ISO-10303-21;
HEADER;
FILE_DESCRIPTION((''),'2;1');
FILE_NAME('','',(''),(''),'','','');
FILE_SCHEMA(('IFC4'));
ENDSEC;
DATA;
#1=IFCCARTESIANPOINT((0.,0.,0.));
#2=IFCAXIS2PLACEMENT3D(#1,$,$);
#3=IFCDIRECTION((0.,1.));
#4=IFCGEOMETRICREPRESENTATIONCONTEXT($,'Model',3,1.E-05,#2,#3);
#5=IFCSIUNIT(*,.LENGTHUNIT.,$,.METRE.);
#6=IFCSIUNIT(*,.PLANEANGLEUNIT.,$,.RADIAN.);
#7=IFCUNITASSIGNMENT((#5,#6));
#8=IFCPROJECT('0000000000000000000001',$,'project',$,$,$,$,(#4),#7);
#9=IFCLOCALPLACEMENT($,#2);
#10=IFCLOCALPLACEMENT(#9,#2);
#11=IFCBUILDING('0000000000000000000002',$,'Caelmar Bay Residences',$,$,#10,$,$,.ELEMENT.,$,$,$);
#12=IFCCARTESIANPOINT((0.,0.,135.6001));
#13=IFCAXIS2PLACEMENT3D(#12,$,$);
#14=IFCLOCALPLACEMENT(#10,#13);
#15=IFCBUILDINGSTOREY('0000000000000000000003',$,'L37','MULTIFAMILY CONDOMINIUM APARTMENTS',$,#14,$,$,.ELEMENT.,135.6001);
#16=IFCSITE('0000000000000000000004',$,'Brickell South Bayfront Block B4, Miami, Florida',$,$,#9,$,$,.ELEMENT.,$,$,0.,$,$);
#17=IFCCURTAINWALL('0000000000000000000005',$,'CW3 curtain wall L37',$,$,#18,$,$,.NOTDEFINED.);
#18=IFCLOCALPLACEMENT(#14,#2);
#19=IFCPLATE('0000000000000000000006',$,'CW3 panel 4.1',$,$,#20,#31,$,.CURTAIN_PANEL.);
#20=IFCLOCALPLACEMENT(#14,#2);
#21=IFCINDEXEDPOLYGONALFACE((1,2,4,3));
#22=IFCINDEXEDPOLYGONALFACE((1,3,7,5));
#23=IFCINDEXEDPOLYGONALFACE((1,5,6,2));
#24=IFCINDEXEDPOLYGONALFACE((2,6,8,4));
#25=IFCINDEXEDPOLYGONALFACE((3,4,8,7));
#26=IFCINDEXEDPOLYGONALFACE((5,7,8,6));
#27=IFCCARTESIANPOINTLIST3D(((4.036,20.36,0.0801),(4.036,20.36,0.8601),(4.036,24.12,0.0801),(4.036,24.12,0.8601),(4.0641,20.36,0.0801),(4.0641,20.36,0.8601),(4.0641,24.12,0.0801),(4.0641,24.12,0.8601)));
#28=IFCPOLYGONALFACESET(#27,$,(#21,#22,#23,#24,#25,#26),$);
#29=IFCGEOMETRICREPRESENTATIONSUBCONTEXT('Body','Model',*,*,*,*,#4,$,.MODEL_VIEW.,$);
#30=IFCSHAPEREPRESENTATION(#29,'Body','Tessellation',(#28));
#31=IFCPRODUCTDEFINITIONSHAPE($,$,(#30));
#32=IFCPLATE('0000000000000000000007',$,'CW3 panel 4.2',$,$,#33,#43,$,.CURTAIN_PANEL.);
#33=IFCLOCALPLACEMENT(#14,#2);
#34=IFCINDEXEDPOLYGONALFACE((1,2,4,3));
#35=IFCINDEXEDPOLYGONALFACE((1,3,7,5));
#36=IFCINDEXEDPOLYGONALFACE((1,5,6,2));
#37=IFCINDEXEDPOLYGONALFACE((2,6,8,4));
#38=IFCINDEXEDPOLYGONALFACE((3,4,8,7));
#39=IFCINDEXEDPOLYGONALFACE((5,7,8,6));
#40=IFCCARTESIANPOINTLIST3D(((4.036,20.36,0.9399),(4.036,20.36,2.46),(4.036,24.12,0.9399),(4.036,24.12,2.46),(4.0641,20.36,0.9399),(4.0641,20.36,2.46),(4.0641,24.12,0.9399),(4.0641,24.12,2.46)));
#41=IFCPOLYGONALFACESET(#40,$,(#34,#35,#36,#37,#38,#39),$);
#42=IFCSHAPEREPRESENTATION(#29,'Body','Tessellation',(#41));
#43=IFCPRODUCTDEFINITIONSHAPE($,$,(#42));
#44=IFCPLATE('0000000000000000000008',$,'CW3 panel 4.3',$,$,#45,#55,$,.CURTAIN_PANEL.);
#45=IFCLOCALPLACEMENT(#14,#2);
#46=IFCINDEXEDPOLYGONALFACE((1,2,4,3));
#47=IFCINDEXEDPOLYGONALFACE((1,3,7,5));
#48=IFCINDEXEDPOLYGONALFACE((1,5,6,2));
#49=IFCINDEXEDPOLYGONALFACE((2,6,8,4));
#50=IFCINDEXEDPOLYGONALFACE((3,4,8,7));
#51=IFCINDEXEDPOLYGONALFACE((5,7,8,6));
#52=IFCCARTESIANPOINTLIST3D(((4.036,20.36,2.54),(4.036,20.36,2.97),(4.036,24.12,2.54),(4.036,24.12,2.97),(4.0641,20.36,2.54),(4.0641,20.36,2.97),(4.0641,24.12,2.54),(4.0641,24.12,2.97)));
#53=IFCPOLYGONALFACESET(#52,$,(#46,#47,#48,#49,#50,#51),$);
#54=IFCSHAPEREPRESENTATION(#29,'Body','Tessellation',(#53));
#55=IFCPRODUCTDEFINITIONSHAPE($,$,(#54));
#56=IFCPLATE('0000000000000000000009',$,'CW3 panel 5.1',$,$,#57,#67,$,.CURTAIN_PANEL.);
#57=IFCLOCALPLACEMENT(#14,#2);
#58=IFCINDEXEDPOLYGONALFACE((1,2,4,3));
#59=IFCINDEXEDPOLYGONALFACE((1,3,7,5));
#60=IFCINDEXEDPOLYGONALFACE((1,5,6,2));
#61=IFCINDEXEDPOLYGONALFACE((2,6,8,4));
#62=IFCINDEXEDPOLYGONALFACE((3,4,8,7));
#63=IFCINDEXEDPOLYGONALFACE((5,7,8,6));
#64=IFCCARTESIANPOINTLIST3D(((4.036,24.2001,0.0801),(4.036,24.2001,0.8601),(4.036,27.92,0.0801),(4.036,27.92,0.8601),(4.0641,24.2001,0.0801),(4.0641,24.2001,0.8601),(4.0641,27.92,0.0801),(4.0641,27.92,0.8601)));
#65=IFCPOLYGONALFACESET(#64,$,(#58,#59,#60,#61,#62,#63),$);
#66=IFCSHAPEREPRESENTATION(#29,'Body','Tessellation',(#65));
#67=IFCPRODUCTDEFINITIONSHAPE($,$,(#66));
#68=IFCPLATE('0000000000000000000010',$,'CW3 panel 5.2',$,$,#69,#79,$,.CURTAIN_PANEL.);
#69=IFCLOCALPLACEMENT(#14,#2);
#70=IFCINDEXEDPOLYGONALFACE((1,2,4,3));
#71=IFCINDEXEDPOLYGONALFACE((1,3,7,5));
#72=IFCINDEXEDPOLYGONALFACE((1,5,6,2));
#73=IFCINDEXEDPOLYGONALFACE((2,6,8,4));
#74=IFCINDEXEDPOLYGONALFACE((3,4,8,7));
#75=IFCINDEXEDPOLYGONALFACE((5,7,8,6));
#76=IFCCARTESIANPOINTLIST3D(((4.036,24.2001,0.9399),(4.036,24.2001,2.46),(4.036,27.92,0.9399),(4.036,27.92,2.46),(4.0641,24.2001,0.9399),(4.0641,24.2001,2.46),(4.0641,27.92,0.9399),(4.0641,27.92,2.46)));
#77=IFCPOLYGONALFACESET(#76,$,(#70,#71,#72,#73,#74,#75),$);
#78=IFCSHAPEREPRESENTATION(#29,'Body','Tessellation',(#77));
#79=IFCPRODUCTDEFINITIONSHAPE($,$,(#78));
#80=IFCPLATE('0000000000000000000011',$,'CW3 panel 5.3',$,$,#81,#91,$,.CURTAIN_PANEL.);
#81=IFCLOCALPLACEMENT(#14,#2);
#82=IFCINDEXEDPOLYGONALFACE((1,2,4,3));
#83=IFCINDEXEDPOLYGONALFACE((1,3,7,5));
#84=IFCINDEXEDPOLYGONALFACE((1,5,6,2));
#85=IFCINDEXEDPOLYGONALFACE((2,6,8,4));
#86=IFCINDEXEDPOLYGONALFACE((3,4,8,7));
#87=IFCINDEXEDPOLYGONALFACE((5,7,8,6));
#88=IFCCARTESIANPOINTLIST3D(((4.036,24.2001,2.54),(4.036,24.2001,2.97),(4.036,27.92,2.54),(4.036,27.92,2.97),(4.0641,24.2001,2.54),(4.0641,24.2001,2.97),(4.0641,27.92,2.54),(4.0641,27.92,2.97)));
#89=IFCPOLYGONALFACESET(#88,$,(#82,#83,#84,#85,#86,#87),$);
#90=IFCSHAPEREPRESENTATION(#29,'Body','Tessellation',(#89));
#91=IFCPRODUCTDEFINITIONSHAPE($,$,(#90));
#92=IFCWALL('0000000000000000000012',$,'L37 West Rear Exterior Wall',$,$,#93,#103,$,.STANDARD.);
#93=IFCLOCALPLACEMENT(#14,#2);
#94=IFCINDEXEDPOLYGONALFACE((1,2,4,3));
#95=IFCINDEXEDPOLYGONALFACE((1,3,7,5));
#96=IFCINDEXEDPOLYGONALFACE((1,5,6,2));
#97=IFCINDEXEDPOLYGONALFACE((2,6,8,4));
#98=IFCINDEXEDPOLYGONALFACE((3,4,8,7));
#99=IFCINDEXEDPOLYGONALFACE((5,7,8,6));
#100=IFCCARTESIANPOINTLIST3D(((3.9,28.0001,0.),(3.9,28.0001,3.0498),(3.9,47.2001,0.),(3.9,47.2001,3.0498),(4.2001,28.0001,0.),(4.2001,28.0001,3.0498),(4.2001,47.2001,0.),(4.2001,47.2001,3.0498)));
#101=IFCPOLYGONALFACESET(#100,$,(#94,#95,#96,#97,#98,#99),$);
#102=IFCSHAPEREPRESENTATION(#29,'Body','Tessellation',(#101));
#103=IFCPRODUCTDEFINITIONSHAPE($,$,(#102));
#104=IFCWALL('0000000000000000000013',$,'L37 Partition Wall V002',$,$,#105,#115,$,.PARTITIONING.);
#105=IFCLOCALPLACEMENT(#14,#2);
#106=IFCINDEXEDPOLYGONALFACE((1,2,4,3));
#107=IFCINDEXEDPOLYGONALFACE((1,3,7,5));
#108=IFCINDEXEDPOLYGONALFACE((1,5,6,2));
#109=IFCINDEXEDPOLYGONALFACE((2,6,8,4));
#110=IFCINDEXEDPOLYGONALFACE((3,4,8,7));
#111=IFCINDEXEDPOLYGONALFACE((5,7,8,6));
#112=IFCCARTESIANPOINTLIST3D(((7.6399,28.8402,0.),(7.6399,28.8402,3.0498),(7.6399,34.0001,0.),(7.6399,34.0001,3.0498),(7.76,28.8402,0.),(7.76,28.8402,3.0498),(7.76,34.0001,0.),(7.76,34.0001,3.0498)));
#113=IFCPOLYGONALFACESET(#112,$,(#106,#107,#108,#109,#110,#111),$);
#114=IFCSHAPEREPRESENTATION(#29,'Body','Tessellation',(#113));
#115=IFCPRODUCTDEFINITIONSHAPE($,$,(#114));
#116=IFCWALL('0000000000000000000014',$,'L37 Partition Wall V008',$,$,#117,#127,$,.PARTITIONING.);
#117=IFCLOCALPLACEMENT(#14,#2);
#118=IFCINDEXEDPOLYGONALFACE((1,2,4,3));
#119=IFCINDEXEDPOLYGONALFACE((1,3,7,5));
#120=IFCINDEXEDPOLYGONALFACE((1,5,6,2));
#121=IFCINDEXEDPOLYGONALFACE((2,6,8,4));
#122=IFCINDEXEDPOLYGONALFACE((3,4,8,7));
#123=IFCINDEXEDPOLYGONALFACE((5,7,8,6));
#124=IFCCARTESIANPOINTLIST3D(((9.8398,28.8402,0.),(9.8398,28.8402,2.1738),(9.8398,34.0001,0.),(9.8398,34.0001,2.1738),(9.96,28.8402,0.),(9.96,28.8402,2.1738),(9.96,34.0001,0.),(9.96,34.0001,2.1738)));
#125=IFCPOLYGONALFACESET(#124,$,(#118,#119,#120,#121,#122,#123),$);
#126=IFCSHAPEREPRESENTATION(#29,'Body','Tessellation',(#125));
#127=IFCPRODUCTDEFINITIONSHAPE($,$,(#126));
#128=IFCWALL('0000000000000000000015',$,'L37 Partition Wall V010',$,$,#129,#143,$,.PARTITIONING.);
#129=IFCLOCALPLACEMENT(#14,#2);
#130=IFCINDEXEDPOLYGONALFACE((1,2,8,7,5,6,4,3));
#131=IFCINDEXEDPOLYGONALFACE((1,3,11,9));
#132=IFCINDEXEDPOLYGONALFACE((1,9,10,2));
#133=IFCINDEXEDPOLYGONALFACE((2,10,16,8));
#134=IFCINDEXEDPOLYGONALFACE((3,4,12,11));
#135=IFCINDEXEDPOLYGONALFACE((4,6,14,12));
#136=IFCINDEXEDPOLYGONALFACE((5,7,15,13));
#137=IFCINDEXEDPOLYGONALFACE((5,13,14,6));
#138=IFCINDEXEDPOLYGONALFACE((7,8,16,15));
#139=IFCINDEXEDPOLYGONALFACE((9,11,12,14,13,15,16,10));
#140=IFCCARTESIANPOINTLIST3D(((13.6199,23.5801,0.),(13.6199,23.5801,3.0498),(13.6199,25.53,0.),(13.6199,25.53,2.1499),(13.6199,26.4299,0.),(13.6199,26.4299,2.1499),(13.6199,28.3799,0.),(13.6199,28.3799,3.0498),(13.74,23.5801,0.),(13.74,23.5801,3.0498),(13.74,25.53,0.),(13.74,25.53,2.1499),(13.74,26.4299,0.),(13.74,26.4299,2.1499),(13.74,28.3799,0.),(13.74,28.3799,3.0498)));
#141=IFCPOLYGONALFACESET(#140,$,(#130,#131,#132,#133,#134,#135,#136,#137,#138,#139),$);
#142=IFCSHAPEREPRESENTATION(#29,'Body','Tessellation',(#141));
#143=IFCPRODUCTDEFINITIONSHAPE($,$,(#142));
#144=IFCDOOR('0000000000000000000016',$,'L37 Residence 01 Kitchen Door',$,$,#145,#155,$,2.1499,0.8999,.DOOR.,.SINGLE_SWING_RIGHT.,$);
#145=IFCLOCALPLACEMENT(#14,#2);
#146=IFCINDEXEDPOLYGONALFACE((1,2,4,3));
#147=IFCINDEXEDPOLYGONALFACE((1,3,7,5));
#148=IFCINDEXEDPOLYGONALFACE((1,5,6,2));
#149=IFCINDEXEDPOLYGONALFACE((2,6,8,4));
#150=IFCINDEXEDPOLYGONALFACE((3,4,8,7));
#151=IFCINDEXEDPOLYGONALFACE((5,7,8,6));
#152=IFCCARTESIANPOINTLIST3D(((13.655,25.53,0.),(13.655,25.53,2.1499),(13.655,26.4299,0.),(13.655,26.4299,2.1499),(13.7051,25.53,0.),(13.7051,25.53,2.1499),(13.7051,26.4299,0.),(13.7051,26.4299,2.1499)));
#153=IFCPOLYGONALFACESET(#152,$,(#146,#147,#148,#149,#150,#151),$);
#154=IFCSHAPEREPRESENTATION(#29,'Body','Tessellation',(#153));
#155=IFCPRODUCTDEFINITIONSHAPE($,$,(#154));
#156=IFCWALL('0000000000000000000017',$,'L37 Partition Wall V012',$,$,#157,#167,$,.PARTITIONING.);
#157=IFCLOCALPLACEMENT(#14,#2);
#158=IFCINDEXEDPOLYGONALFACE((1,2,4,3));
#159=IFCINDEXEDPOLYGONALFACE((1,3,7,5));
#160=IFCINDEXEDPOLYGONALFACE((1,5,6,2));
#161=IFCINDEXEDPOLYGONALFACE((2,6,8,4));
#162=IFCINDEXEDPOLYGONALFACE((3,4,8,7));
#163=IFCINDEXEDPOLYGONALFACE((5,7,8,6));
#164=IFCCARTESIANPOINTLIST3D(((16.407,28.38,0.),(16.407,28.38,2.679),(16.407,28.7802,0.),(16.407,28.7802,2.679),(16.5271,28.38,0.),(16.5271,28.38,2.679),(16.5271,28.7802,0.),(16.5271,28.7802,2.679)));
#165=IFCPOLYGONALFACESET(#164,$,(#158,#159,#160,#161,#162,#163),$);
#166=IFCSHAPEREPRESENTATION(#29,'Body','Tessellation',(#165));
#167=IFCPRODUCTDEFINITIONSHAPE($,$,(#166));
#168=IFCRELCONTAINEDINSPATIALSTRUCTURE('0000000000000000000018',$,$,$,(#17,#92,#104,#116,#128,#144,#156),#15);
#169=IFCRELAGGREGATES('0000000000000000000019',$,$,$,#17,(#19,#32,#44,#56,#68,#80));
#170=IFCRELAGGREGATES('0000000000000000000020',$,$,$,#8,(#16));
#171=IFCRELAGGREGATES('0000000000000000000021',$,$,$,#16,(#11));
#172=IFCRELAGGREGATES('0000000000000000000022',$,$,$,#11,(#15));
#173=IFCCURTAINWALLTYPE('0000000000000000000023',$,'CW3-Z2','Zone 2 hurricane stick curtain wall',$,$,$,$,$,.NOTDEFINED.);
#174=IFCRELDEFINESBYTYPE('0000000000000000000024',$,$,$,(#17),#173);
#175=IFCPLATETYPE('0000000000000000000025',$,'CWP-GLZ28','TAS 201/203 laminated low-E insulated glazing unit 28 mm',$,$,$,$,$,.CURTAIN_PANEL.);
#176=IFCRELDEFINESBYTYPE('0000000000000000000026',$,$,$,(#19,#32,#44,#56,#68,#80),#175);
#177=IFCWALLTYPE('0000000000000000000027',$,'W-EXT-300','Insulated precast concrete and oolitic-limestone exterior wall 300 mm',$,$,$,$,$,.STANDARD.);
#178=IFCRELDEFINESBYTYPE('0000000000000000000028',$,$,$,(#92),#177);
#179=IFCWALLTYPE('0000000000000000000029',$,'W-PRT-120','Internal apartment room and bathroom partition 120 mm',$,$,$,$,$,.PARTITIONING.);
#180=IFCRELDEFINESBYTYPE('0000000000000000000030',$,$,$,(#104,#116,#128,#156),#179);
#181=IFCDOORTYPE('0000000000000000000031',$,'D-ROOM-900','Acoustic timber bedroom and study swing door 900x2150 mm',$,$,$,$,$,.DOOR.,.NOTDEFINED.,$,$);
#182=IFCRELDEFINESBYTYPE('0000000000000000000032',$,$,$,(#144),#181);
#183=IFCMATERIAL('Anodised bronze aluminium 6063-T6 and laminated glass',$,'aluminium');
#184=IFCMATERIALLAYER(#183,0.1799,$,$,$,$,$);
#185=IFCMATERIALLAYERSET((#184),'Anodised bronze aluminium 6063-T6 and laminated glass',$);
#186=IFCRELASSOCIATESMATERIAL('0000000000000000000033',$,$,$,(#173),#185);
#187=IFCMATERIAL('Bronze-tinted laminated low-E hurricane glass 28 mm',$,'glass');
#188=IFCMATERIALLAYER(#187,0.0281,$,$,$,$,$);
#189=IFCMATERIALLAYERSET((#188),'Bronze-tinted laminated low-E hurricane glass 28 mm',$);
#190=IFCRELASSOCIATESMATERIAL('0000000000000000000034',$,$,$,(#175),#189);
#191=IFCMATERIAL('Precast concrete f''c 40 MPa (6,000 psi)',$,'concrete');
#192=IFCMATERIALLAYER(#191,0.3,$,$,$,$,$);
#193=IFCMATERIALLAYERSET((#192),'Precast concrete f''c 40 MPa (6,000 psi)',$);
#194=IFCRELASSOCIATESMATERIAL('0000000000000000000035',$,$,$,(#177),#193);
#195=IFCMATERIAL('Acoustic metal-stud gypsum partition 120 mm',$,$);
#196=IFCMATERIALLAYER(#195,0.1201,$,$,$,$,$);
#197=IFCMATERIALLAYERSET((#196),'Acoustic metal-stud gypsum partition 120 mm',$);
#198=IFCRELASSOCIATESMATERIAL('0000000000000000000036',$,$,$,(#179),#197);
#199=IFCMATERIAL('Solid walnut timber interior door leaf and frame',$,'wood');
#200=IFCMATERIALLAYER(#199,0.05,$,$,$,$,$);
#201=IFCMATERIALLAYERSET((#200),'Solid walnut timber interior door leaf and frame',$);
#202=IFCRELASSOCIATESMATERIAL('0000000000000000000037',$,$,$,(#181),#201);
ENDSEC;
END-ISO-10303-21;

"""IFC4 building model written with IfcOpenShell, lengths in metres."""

from ifc_helpers import new_model, si_unit, direction, frame, frame_2d, origin, origin_2d, place, context, subcontext, project, spatial, rectangle, extrude, material, layer, layer_set, type_object, element, fill, aggregate, save


model = new_model("IFC4")

# Units and contexts
model_context = context("Model", 3, precision=1e-05, world=origin(), true_north=direction((0.0, 1.0)))
body_context = subcontext(model_context, "Body", "Model", "MODEL_VIEW")
ifc_project = project(units=[si_unit("LENGTHUNIT", "METRE"), si_unit("PLANEANGLEUNIT", "RADIAN")], contexts=[model_context])

# Site, building, storey
site_placement = place(None, origin())
site = spatial("IfcSite", under=ifc_project, at=site_placement, Name="Brickell South Bayfront Block B4, Miami, Florida", CompositionType="ELEMENT", RefElevation=0.0)
building_placement = place(site_placement, origin())
building = spatial("IfcBuilding", under=site, at=building_placement, Name="Caelmar Bay Residences", CompositionType="ELEMENT")
storey_placement = place(building_placement, frame((0.0, 0.0, 135.6001)))
storey = spatial("IfcBuildingStorey", under=building, at=storey_placement, Name="L37", Description="MULTIFAMILY CONDOMINIUM APARTMENTS", CompositionType="ELEMENT", Elevation=135.6001)

# Curtain wall, plates
ifc_material_1 = material(Name="Anodised bronze aluminium 6063-T6 and laminated glass", Category="aluminium")
ifc_layer_1 = layer(ifc_material_1, 0.1799)
ifc_layer_set_1 = layer_set([ifc_layer_1], Name="Anodised bronze aluminium 6063-T6 and laminated glass")
curtain_wall_type = type_object("IfcCurtainWallType", Name="CW3-Z2", Description="Zone 2 hurricane stick curtain wall", PredefinedType="NOTDEFINED", material=ifc_layer_set_1)
curtain_wall_placement = place(storey_placement, origin())
curtain_wall = element("IfcCurtainWall", 1, at=curtain_wall_placement, inside=storey, type_object=curtain_wall_type, Name="CW3 curtain wall L37", PredefinedType="NOTDEFINED")
ifc_material_2 = material(Name="Bronze-tinted laminated low-E hurricane glass 28 mm", Category="glass")
ifc_layer_2 = layer(ifc_material_2, 0.0281)
ifc_layer_set_2 = layer_set([ifc_layer_2], Name="Bronze-tinted laminated low-E hurricane glass 28 mm")
plate_type = type_object("IfcPlateType", Name="CWP-GLZ28", Description="TAS 201/203 laminated low-E insulated glazing unit 28 mm", PredefinedType="CURTAIN_PANEL", material=ifc_layer_set_2)
plate_1_placement = place(storey_placement, frame((4.05, 22.24, 0.0801), z_axis=(0.0, 0.0, 1.0), x_axis=(0.0, 1.0, 0.0)))
plate_1 = element("IfcPlate", 2, at=plate_1_placement, type_object=plate_type, Name="CW3 panel 4.1", PredefinedType="CURTAIN_PANEL", context=body_context, shape_type="SweptSolid", body=[
    extrude(rectangle(XDim=3.76, YDim=0.0281, at=origin_2d()), origin(), (0.0, 0.0, 1.0), 0.78),
])
plate_2_placement = place(storey_placement, frame((4.05, 22.24, 0.9399), z_axis=(0.0, 0.0, 1.0), x_axis=(0.0, 1.0, 0.0)))
plate_2 = element("IfcPlate", 3, at=plate_2_placement, type_object=plate_type, Name="CW3 panel 4.2", PredefinedType="CURTAIN_PANEL", context=body_context, shape_type="SweptSolid", body=[
    extrude(rectangle(XDim=3.76, YDim=0.0281, at=origin_2d()), origin(), (0.0, 0.0, 1.0), 1.52),
])
plate_3_placement = place(storey_placement, frame((4.05, 22.24, 2.54), z_axis=(0.0, 0.0, 1.0), x_axis=(0.0, 1.0, 0.0)))
plate_3 = element("IfcPlate", 4, at=plate_3_placement, type_object=plate_type, Name="CW3 panel 4.3", PredefinedType="CURTAIN_PANEL", context=body_context, shape_type="SweptSolid", body=[
    extrude(rectangle(XDim=3.76, YDim=0.0281, at=origin_2d()), origin(), (0.0, 0.0, 1.0), 0.4299),
])
plate_4_placement = place(storey_placement, frame((4.05, 26.0601, 0.0801), z_axis=(0.0, 0.0, 1.0), x_axis=(0.0, 1.0, 0.0)))
plate_4 = element("IfcPlate", 5, at=plate_4_placement, type_object=plate_type, Name="CW3 panel 5.1", PredefinedType="CURTAIN_PANEL", context=body_context, shape_type="SweptSolid", body=[
    extrude(rectangle(XDim=3.72, YDim=0.0281, at=origin_2d()), origin(), (0.0, 0.0, 1.0), 0.78),
])
plate_5_placement = place(storey_placement, frame((4.05, 26.0601, 0.9399), z_axis=(0.0, 0.0, 1.0), x_axis=(0.0, 1.0, 0.0)))
plate_5 = element("IfcPlate", 6, at=plate_5_placement, type_object=plate_type, Name="CW3 panel 5.2", PredefinedType="CURTAIN_PANEL", context=body_context, shape_type="SweptSolid", body=[
    extrude(rectangle(XDim=3.72, YDim=0.0281, at=origin_2d()), origin(), (0.0, 0.0, 1.0), 1.52),
])
plate_6_placement = place(storey_placement, frame((4.05, 26.0601, 2.54), z_axis=(0.0, 0.0, 1.0), x_axis=(0.0, 1.0, 0.0)))
plate_6 = element("IfcPlate", 7, at=plate_6_placement, type_object=plate_type, Name="CW3 panel 5.3", PredefinedType="CURTAIN_PANEL", context=body_context, shape_type="SweptSolid", body=[
    extrude(rectangle(XDim=3.72, YDim=0.0281, at=origin_2d()), origin(), (0.0, 0.0, 1.0), 0.4299),
])
aggregate(curtain_wall, [plate_1, plate_2, plate_3, plate_4, plate_5, plate_6])

# Walls
ifc_material_3 = material(Name="Precast concrete f'c 40 MPa (6,000 psi)", Category="concrete")
ifc_layer_3 = layer(ifc_material_3, 0.3)
ifc_layer_set_3 = layer_set([ifc_layer_3], Name="Precast concrete f'c 40 MPa (6,000 psi)")
wall_type_1 = type_object("IfcWallType", Name="W-EXT-300", Description="Insulated precast concrete and oolitic-limestone exterior wall 300 mm", PredefinedType="STANDARD", material=ifc_layer_set_3)
wall_1_placement = place(storey_placement, frame((4.05, 28.0, 0.0), z_axis=(0.0, 0.0, 1.0), x_axis=(0.0, 1.0, 0.0)))
element("IfcWall", 8, at=wall_1_placement, inside=storey, type_object=wall_type_1, Name="L37 West Rear Exterior Wall", PredefinedType="STANDARD", context=body_context, shape_type="SweptSolid", body=[
    extrude(rectangle(XDim=19.2, YDim=0.3, at=frame_2d((9.6001, 0.0))), origin(), (0.0, 0.0, 1.0), 3.0498),
])
ifc_material_4 = material(Name="Acoustic metal-stud gypsum partition 120 mm")
ifc_layer_4 = layer(ifc_material_4, 0.1201)
ifc_layer_set_4 = layer_set([ifc_layer_4], Name="Acoustic metal-stud gypsum partition 120 mm")
wall_type_2 = type_object("IfcWallType", Name="W-PRT-120", Description="Internal apartment room and bathroom partition 120 mm", PredefinedType="PARTITIONING", material=ifc_layer_set_4)
wall_2_placement = place(storey_placement, frame((7.7, 28.8401, 0.0), z_axis=(0.0, 0.0, 1.0), x_axis=(0.0, 1.0, 0.0)))
element("IfcWall", 9, at=wall_2_placement, inside=storey, type_object=wall_type_2, Name="L37 Partition Wall V002", PredefinedType="PARTITIONING", context=body_context, shape_type="SweptSolid", body=[
    extrude(rectangle(XDim=5.1599, YDim=0.1201, at=frame_2d((2.5801, 0.0))), origin(), (0.0, 0.0, 1.0), 3.0498),
])
wall_3_placement = place(storey_placement, frame((9.8999, 28.8401, 0.0), z_axis=(0.0, 0.0, 1.0), x_axis=(0.0, 1.0, 0.0)))
element("IfcWall", 10, at=wall_3_placement, inside=storey, type_object=wall_type_2, Name="L37 Partition Wall V008", PredefinedType="PARTITIONING", context=body_context, shape_type="SweptSolid", body=[
    extrude(rectangle(XDim=5.1599, YDim=0.1201, at=frame_2d((2.5801, 0.0))), origin(), (0.0, 0.0, 1.0), 2.1738),
])

# Wall, opening, door
wall_4_placement = place(storey_placement, frame((13.6799, 23.5801, 0.0), z_axis=(0.0, 0.0, 1.0), x_axis=(0.0, 1.0, 0.0)))
wall_4 = element("IfcWall", 11, at=wall_4_placement, inside=storey, type_object=wall_type_2, Name="L37 Partition Wall V010", PredefinedType="PARTITIONING", context=body_context, shape_type="SweptSolid", body=[
    extrude(rectangle(XDim=4.7998, YDim=0.1201, at=frame_2d((2.3999, 0.0))), origin(), (0.0, 0.0, 1.0), 3.0498),
])
opening_1_placement = place(wall_4_placement, frame((1.95, 0.0, 0.0)))
opening_1 = element("IfcOpeningElement", 12, at=opening_1_placement, cuts=wall_4, PredefinedType="OPENING", context=body_context, shape_type="SweptSolid", body=[
    extrude(rectangle(XDim=0.8999, YDim=2.1499, at=frame_2d((0.45, 1.075))), frame((0.0, 0.0701, 0.0), z_axis=(0.0, -1.0, 0.0), x_axis=(1.0, 0.0, 0.0)), (0.0, 0.0, 1.0), 0.1401),
])
ifc_material_5 = material(Name="Solid walnut timber interior door leaf and frame", Category="wood")
ifc_layer_5 = layer(ifc_material_5, 0.05)
ifc_layer_set_5 = layer_set([ifc_layer_5], Name="Solid walnut timber interior door leaf and frame")
door_type_1 = type_object("IfcDoorType", Name="D-ROOM-900", Description="Acoustic timber bedroom and study swing door 900x2150 mm", OperationType="NOTDEFINED", PredefinedType="DOOR", material=ifc_layer_set_5)
door_1_placement = place(opening_1_placement, origin())
door_1 = element("IfcDoor", 13, at=door_1_placement, inside=storey, type_object=door_type_1, Name="L37 Residence 01 Kitchen Door", OperationType="SINGLE_SWING_RIGHT", OverallHeight=2.1499, OverallWidth=0.8999, PredefinedType="DOOR", context=body_context, shape_type="SweptSolid", body=[
    extrude(rectangle(XDim=0.8999, YDim=2.1499, at=frame_2d((0.45, 1.075))), frame((0.0, 0.0249, 0.0), z_axis=(0.0, -1.0, 0.0), x_axis=(1.0, 0.0, 0.0)), (0.0, 0.0, 1.0), 0.05),
])
fill(opening_1, door_1)

# Wall
wall_5_placement = place(storey_placement, frame((16.467, 28.3799, 0.0), z_axis=(0.0, 0.0, 1.0), x_axis=(0.0, 1.0, 0.0)))
element("IfcWall", 14, at=wall_5_placement, inside=storey, type_object=wall_type_2, Name="L37 Partition Wall V012", PredefinedType="PARTITIONING", context=body_context, shape_type="SweptSolid", body=[
    extrude(rectangle(XDim=0.4001, YDim=0.1201, at=frame_2d((0.2002, 0.0))), origin(), (0.0, 0.0, 1.0), 2.679),
])

save(model, "model.ifc")
